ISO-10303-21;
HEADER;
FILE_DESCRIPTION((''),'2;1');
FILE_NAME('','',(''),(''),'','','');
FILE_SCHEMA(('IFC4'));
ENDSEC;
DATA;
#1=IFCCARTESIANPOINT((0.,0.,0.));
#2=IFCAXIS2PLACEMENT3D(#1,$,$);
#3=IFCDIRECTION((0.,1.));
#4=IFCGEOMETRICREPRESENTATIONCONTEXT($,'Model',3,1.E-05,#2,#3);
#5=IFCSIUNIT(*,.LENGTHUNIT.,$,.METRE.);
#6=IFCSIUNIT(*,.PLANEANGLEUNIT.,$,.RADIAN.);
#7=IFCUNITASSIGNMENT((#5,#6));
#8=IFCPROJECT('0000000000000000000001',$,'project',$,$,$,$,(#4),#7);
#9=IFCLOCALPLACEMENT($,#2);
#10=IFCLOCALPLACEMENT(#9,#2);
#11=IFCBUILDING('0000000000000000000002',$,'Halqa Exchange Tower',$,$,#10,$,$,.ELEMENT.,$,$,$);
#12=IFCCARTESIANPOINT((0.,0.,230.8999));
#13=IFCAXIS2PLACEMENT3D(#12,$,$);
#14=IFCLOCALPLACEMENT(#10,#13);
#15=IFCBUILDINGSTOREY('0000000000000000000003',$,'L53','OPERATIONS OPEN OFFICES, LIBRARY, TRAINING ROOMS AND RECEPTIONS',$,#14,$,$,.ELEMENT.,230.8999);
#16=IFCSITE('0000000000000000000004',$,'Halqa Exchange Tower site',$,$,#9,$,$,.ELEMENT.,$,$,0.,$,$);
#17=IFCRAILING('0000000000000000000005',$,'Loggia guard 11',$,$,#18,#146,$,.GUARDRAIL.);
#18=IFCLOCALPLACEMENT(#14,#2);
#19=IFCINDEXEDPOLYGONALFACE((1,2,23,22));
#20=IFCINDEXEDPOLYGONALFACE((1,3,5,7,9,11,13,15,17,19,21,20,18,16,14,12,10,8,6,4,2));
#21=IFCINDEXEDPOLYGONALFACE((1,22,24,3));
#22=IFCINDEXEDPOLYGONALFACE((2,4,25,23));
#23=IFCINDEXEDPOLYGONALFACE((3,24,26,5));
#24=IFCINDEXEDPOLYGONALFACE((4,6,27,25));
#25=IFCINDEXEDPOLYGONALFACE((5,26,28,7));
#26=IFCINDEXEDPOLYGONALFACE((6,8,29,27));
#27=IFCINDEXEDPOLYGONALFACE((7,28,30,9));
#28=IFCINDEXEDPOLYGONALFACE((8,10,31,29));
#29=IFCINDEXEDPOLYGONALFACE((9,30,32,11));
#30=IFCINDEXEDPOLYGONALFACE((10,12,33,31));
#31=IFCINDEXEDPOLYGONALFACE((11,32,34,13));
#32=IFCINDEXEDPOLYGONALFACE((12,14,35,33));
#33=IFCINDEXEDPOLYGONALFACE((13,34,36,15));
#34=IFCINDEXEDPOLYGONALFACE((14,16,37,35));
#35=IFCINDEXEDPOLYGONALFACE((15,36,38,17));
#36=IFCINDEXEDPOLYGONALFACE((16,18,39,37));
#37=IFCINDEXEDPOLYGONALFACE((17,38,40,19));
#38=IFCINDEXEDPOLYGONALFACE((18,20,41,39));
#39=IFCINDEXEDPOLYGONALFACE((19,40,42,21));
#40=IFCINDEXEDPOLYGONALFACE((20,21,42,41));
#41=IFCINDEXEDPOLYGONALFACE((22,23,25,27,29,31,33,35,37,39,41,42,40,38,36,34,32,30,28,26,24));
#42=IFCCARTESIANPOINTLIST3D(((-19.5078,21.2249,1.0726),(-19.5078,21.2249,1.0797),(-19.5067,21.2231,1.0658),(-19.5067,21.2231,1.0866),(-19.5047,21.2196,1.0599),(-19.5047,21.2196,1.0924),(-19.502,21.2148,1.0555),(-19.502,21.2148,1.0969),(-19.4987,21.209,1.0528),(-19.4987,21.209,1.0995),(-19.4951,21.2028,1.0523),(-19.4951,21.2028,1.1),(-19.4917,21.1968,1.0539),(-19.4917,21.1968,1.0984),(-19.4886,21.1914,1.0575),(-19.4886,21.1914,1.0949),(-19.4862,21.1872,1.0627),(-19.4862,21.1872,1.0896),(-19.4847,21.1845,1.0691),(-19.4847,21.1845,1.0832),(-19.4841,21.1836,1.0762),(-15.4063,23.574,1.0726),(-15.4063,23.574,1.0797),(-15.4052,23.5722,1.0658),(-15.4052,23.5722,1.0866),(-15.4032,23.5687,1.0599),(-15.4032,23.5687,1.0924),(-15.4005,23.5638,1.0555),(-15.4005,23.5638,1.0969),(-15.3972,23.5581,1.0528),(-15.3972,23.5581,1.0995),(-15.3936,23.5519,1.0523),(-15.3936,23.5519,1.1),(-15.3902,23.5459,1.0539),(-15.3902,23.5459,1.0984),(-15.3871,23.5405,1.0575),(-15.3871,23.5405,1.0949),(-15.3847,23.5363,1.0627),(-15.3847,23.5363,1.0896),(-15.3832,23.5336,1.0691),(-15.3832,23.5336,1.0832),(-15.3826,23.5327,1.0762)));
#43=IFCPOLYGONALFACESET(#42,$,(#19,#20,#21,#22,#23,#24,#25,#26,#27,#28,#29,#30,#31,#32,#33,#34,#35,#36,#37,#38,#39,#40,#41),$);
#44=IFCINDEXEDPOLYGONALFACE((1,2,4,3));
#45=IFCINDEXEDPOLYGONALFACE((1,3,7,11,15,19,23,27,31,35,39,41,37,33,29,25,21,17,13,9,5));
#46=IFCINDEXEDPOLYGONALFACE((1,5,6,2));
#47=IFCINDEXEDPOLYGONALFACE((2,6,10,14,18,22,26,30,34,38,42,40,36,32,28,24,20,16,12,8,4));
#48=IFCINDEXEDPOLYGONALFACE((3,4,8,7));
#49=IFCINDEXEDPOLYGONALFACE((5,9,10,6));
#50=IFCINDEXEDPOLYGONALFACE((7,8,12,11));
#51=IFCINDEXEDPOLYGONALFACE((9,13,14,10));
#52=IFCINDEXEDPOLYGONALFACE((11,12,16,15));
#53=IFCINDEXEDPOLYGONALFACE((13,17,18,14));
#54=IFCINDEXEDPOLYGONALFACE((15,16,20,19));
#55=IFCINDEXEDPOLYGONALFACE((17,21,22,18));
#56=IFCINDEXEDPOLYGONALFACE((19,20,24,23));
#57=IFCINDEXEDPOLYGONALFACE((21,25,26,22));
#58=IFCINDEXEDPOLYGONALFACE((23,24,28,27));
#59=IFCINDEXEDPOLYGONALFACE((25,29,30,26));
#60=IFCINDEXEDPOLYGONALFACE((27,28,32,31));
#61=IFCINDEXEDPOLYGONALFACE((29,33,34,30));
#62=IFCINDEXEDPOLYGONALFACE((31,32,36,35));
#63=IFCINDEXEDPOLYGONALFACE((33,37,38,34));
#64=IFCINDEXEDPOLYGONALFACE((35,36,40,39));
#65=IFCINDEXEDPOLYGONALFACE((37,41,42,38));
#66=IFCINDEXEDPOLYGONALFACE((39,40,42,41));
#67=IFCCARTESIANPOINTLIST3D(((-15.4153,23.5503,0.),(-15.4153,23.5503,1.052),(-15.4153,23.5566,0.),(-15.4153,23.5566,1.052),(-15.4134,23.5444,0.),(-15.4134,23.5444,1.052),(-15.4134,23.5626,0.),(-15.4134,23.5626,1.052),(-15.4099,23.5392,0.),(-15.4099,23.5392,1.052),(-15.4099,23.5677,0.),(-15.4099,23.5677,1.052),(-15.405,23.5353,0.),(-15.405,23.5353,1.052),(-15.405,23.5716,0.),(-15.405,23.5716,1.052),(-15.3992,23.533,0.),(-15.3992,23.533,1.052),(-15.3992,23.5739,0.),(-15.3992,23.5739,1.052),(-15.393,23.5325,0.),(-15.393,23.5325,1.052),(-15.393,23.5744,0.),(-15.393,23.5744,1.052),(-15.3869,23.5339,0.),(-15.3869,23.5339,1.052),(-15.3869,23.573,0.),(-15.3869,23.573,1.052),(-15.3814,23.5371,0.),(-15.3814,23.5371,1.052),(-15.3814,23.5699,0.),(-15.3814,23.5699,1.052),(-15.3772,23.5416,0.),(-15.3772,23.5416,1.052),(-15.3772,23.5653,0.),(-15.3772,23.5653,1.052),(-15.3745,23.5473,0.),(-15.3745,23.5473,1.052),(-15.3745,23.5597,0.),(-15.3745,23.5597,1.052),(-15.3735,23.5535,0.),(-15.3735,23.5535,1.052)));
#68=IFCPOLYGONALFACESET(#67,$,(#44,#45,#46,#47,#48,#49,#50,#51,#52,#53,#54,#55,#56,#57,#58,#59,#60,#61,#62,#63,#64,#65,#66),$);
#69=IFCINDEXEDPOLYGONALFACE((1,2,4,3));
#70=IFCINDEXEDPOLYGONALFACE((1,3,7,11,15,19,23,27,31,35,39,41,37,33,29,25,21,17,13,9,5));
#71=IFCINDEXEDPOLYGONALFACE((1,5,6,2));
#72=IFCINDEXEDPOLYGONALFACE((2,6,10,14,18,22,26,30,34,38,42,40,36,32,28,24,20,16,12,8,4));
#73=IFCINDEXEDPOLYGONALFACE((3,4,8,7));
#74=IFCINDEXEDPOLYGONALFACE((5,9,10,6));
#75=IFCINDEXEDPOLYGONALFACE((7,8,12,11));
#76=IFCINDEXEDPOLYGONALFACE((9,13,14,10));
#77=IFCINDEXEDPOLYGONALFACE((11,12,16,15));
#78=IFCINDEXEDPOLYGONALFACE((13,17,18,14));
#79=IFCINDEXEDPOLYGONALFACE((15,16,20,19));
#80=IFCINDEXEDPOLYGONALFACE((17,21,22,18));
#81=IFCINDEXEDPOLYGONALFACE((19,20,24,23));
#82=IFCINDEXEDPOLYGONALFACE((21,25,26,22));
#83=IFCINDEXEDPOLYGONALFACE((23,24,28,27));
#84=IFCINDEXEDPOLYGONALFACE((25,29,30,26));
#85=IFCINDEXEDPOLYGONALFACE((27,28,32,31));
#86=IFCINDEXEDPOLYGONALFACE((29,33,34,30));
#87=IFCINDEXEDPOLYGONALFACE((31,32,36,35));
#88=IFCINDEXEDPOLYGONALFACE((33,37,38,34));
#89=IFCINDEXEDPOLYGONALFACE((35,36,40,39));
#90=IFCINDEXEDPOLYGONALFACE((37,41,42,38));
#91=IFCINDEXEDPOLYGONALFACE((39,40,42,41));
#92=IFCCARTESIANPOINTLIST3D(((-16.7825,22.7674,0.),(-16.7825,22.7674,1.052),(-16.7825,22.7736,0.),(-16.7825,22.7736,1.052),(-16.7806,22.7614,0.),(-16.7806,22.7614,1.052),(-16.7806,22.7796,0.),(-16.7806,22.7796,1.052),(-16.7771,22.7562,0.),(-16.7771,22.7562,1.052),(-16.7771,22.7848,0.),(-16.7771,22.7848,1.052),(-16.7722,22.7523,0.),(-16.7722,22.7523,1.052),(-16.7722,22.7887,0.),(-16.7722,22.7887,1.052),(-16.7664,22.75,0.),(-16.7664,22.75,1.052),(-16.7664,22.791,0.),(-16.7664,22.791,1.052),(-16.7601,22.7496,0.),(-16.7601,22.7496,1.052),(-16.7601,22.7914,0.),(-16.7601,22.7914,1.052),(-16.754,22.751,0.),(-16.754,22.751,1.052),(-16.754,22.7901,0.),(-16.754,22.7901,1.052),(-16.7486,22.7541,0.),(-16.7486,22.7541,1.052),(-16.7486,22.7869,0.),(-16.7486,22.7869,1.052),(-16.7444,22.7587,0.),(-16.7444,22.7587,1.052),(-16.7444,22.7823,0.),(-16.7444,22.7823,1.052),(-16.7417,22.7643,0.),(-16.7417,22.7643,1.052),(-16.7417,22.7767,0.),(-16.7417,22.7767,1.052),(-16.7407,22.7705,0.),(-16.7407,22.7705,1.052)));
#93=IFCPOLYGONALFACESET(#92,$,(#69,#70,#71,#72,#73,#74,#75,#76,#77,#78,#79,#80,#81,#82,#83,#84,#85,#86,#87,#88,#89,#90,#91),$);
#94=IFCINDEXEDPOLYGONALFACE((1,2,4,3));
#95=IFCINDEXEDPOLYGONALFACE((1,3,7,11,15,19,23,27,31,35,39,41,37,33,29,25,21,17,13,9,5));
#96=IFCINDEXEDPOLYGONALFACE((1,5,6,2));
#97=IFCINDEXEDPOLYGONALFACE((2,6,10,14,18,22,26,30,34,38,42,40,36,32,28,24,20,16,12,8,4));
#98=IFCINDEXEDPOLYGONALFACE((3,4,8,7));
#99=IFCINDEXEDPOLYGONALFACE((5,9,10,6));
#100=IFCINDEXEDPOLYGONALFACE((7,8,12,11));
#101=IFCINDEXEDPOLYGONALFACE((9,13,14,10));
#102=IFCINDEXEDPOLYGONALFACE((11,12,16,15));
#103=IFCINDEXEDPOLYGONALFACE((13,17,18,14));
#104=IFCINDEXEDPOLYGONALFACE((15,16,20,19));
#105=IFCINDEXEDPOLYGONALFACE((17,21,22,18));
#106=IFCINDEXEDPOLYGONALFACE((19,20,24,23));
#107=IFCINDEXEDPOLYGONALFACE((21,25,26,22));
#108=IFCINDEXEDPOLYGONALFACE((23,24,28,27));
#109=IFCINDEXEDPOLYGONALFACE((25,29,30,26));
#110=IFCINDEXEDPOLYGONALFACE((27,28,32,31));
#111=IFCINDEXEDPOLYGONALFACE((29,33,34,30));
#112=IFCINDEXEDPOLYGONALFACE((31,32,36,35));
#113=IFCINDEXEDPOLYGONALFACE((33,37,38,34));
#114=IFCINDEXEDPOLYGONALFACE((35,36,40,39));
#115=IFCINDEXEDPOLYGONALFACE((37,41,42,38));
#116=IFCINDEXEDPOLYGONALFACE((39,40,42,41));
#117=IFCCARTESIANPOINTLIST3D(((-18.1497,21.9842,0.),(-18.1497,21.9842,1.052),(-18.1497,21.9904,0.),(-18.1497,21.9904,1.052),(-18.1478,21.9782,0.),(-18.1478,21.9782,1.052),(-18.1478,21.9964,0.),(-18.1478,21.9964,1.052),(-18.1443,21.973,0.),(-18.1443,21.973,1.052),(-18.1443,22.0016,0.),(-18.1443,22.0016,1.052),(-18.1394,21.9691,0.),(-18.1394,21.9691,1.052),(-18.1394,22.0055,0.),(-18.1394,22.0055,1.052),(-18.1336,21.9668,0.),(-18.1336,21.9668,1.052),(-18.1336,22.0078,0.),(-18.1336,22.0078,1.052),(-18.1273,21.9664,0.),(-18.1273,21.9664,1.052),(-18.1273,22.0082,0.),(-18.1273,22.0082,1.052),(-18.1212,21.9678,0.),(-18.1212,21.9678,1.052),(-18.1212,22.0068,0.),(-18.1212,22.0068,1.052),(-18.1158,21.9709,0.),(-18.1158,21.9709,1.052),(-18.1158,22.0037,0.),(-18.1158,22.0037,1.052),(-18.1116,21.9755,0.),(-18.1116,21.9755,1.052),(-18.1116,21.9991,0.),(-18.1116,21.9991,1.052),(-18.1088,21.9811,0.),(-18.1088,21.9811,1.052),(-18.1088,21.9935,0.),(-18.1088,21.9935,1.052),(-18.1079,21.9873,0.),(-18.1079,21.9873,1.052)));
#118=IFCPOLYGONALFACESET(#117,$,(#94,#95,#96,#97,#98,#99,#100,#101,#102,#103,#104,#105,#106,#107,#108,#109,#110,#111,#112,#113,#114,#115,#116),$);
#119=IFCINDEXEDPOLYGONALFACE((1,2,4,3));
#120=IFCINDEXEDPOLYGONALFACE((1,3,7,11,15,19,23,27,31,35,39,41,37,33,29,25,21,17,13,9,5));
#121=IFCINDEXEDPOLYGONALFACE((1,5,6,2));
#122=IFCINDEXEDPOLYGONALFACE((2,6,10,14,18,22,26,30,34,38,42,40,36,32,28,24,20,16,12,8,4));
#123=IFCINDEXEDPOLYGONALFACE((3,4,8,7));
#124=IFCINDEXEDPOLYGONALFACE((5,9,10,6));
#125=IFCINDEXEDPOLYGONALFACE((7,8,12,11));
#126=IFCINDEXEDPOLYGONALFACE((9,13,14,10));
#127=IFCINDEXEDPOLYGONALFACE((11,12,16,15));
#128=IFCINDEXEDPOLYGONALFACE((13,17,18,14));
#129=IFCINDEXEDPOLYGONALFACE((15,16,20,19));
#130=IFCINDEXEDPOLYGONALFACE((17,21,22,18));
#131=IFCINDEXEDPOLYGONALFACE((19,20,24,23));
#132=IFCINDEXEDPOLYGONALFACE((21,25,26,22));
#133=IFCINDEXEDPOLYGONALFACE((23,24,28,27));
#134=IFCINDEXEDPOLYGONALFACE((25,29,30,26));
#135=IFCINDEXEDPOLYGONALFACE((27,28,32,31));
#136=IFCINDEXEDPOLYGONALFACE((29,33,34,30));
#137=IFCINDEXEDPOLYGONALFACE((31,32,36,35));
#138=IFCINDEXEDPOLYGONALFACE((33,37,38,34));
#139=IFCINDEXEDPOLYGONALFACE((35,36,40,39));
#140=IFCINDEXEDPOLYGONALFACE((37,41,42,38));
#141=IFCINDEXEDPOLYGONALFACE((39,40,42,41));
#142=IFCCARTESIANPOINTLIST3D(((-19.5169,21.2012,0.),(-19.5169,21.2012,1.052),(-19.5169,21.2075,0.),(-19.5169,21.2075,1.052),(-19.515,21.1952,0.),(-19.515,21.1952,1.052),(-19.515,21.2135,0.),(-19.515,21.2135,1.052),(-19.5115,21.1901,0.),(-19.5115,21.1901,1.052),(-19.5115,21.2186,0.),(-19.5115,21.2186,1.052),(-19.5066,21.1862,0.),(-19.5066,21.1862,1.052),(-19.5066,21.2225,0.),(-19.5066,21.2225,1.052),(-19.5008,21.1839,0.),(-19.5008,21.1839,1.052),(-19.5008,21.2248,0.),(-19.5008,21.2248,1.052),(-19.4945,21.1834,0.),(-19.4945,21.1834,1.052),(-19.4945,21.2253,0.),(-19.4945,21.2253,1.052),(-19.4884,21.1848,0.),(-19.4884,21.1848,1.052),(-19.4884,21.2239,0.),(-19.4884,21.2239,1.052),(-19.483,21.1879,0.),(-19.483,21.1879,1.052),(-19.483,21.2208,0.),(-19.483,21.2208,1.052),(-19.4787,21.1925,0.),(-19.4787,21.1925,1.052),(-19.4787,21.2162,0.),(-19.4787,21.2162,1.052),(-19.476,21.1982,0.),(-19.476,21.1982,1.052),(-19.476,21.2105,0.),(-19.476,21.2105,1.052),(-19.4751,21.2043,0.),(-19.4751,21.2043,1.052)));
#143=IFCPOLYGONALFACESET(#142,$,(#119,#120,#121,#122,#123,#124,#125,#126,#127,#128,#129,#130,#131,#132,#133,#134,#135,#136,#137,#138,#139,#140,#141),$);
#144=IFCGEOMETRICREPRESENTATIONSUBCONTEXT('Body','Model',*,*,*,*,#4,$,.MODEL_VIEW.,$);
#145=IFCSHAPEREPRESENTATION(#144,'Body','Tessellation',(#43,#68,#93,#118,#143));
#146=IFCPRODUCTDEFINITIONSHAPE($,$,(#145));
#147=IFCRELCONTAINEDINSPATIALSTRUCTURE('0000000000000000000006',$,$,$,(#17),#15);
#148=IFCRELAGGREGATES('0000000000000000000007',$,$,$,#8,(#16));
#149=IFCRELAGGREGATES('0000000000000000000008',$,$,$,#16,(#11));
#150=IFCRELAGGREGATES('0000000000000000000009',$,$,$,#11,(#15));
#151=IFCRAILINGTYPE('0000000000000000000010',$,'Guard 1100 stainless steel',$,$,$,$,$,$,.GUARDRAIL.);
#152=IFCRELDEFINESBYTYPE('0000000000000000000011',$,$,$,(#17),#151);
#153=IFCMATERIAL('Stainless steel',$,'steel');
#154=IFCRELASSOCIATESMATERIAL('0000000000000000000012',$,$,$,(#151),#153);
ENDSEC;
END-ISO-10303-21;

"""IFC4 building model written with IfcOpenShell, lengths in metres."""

from ifc_helpers import new_model, si_unit, direction, frame, origin, origin_2d, place, context, subcontext, project, spatial, circle, extrude, material, type_object, element, save


model = new_model("IFC4")

# Units and contexts
model_context = context("Model", 3, precision=1e-05, world=origin(), true_north=direction((0.0, 1.0)))
body_context = subcontext(model_context, "Body", "Model", "MODEL_VIEW")
ifc_project = project(units=[si_unit("LENGTHUNIT", "METRE"), si_unit("PLANEANGLEUNIT", "RADIAN")], contexts=[model_context])

# Site, building, storey
site_placement = place(None, origin())
site = spatial("IfcSite", under=ifc_project, at=site_placement, Name="Halqa Exchange Tower site", CompositionType="ELEMENT", RefElevation=0.0)
building_placement = place(site_placement, origin())
building = spatial("IfcBuilding", under=site, at=building_placement, Name="Halqa Exchange Tower", CompositionType="ELEMENT")
storey_placement = place(building_placement, frame((0.0, 0.0, 230.8999)))
storey = spatial("IfcBuildingStorey", under=building, at=storey_placement, Name="L53", Description="OPERATIONS OPEN OFFICES, LIBRARY, TRAINING ROOMS AND RECEPTIONS", CompositionType="ELEMENT", Elevation=230.8999)

# Railing
ifc_material_1 = material(Name="Stainless steel", Category="steel")
railing_type = type_object("IfcRailingType", Name="Guard 1100 stainless steel", PredefinedType="GUARDRAIL", material=ifc_material_1)
railing_1_placement = place(storey_placement, frame((-15.3945, 23.5535, 0.0)))
element("IfcRailing", 1, at=railing_1_placement, inside=storey, type_object=railing_type, Name="Loggia guard 11", PredefinedType="GUARDRAIL", context=body_context, shape_type="SweptSolid", body=[
    extrude(circle(Radius=0.0239, at=origin_2d()), frame((0.0, 0.0, 1.0762), z_axis=(-0.867753, -0.496995, 0.0), x_axis=(0.496995, -0.867753, 0.0)), (0.0, 0.0, 1.0), 4.7266),
    extrude(circle(Radius=0.021, at=origin_2d()), origin(), (0.0, 0.0, 1.0), 1.052),
    extrude(circle(Radius=0.021, at=origin_2d()), frame((-1.3672, -0.783, 0.0)), (0.0, 0.0, 1.0), 1.052),
    extrude(circle(Radius=0.021, at=origin_2d()), frame((-2.7344, -1.5662, 0.0)), (0.0, 0.0, 1.0), 1.052),
    extrude(circle(Radius=0.021, at=origin_2d()), frame((-4.1016, -2.3491, 0.0)), (0.0, 0.0, 1.0), 1.052),
])

save(model, "model.ifc")
